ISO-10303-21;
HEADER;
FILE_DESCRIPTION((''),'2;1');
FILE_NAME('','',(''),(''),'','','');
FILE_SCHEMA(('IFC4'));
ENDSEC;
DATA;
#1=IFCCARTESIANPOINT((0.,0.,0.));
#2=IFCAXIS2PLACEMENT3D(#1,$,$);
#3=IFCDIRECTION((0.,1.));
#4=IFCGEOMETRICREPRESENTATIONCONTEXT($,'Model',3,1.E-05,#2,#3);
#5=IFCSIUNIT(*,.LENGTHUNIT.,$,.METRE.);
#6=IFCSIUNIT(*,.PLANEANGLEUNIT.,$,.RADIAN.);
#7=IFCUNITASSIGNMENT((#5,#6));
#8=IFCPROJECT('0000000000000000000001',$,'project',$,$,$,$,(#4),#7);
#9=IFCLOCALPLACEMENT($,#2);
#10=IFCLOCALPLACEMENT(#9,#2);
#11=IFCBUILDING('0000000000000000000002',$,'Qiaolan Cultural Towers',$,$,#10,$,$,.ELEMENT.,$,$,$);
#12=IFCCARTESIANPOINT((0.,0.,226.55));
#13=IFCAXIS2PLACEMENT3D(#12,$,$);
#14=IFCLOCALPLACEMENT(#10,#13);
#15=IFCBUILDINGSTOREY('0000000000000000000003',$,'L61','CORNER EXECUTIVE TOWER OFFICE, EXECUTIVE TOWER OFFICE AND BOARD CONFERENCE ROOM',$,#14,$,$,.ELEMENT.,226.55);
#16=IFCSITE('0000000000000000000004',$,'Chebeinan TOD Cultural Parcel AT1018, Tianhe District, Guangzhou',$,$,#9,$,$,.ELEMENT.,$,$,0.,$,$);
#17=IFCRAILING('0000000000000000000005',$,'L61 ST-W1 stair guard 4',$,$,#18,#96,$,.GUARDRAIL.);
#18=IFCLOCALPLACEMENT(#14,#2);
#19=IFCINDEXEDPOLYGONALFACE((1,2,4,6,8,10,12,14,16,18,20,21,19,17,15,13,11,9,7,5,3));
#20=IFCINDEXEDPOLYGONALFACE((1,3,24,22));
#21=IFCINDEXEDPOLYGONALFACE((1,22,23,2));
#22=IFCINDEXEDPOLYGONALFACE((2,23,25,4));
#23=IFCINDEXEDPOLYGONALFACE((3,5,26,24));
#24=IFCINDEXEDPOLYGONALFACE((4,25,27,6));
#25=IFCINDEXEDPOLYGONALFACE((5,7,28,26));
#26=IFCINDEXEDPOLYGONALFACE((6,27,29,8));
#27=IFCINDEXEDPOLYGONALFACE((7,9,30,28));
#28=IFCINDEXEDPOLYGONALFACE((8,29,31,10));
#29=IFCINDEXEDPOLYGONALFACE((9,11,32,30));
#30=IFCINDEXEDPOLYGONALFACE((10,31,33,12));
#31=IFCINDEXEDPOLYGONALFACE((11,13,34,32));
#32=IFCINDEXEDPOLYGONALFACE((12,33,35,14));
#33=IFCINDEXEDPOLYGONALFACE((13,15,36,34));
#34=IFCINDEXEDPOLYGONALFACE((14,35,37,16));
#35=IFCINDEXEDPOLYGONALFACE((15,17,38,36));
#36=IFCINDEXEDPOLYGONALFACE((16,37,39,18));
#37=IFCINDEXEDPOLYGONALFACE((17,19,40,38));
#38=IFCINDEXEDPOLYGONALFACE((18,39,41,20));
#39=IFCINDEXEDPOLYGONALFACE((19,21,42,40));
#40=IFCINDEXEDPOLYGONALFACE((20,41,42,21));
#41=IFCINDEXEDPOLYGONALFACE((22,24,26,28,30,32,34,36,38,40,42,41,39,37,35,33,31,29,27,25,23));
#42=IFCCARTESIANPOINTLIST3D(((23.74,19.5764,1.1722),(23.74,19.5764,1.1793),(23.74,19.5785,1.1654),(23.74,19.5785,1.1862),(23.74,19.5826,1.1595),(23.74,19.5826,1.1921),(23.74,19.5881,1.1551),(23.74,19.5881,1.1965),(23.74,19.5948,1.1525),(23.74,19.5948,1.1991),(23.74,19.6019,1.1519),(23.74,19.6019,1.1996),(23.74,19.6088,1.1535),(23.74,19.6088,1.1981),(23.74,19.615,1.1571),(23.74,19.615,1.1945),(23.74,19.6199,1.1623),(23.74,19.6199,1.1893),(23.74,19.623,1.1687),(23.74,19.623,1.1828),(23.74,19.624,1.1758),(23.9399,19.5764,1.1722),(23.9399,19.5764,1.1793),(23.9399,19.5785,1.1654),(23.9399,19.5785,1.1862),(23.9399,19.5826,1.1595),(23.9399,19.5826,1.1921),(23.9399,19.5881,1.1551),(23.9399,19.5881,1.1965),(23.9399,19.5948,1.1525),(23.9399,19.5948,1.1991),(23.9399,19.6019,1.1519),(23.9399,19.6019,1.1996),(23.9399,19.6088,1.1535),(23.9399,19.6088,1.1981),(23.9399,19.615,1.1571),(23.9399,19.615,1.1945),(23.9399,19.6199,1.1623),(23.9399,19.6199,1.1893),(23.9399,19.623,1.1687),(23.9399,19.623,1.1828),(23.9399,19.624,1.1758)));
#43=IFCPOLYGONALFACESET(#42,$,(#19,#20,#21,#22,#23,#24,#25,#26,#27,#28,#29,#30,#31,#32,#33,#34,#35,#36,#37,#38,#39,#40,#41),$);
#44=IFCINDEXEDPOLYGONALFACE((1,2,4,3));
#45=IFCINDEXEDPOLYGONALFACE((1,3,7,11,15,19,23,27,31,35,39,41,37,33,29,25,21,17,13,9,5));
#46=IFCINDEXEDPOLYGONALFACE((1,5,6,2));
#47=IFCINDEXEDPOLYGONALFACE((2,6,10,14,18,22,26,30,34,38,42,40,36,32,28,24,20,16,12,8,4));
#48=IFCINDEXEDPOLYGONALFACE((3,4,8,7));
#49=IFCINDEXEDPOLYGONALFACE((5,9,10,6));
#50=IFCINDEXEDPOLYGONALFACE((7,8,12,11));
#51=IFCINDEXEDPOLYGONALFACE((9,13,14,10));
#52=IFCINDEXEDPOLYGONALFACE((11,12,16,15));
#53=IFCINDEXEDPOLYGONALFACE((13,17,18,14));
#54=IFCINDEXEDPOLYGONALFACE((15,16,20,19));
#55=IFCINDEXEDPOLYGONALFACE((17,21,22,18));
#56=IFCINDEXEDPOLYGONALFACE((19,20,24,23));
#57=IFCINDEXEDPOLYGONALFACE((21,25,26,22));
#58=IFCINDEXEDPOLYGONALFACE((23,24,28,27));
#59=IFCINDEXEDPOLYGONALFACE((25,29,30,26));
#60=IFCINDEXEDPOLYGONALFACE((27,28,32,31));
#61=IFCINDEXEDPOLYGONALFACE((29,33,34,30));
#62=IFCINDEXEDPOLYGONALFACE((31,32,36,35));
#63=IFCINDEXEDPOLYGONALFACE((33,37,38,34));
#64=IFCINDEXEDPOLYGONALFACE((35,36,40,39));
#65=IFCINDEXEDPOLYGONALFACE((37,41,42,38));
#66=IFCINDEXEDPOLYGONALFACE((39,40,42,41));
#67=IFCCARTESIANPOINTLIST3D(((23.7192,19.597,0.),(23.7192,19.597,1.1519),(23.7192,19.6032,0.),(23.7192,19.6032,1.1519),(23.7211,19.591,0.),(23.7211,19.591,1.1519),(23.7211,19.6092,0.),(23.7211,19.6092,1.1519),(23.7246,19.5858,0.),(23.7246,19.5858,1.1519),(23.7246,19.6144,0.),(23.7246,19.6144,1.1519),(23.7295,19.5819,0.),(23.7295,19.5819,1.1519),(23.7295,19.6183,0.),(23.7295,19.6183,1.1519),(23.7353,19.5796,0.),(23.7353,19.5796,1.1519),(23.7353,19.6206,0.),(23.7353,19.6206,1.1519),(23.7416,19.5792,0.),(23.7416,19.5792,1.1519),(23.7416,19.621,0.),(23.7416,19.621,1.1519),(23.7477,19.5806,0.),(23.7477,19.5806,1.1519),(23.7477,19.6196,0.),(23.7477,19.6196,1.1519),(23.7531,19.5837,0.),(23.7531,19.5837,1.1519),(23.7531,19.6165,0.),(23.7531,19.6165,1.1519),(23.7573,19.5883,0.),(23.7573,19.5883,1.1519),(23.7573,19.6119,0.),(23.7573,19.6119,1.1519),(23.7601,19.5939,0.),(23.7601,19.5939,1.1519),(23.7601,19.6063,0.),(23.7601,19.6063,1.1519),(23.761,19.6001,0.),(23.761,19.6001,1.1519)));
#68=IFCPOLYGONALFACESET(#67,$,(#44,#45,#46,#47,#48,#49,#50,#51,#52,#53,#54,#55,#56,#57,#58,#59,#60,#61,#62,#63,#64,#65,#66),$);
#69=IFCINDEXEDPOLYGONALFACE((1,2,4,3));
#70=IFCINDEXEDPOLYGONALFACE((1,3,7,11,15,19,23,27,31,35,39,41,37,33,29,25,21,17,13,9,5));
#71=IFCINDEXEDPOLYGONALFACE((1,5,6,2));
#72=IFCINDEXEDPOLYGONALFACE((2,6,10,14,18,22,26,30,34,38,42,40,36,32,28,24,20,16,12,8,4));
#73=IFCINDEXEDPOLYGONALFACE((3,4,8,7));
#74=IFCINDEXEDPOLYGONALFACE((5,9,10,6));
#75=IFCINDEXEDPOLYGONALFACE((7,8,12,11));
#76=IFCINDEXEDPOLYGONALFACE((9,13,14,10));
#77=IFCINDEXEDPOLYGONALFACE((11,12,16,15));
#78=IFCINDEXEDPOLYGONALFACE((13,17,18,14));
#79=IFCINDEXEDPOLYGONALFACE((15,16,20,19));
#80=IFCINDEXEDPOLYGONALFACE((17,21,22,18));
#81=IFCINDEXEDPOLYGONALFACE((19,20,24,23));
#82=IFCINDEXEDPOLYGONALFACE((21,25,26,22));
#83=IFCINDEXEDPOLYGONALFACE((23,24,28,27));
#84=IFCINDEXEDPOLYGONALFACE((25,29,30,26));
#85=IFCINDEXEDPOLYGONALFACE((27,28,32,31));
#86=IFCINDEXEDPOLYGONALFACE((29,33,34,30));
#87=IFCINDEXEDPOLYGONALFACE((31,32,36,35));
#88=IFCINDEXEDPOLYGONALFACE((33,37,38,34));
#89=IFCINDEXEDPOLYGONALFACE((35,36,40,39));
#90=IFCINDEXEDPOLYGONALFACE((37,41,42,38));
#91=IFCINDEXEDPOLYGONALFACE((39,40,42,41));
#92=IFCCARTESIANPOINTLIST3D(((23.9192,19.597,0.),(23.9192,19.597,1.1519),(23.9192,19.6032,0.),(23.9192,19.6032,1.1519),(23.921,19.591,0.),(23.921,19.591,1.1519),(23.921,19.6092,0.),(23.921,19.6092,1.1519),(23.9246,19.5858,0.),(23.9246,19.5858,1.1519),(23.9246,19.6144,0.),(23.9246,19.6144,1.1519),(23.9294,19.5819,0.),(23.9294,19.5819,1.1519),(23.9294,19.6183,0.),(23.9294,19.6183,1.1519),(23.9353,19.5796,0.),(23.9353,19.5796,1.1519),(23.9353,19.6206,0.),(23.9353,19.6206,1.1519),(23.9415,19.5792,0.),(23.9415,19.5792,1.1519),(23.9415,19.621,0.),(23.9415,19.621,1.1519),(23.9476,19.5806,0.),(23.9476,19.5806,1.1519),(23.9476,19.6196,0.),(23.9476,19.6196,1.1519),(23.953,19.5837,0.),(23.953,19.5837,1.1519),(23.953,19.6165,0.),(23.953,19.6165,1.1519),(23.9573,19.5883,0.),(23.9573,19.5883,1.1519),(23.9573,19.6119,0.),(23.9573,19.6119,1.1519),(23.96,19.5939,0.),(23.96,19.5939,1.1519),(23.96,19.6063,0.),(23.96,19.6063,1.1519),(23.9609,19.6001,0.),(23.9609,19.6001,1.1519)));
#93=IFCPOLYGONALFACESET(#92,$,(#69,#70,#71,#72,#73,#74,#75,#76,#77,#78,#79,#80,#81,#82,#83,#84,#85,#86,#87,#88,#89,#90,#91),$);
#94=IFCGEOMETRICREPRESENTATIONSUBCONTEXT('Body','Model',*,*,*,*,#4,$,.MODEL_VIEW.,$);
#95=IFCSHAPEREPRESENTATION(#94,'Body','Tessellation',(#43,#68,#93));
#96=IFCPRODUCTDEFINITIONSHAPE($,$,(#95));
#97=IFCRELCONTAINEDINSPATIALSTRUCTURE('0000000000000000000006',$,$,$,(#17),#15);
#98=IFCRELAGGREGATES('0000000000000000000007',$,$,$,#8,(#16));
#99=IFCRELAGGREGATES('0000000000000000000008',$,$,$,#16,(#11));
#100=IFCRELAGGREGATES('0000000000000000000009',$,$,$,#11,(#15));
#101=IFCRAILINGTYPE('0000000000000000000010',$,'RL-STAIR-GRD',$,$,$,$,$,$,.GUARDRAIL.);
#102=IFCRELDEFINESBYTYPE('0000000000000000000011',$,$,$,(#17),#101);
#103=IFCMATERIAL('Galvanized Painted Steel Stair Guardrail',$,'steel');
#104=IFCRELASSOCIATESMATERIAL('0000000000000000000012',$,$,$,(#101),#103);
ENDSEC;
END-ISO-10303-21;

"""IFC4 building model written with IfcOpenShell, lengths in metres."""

from ifc_helpers import new_model, si_unit, direction, frame, origin, origin_2d, place, context, subcontext, project, spatial, circle, extrude, material, type_object, element, save


model = new_model("IFC4")

# Units and contexts
model_context = context("Model", 3, precision=1e-05, world=origin(), true_north=direction((0.0, 1.0)))
body_context = subcontext(model_context, "Body", "Model", "MODEL_VIEW")
ifc_project = project(units=[si_unit("LENGTHUNIT", "METRE"), si_unit("PLANEANGLEUNIT", "RADIAN")], contexts=[model_context])

# Site, building, storey
site_placement = place(None, origin())
site = spatial("IfcSite", under=ifc_project, at=site_placement, Name="Chebeinan TOD Cultural Parcel AT1018, Tianhe District, Guangzhou", CompositionType="ELEMENT", RefElevation=0.0)
building_placement = place(site_placement, origin())
building = spatial("IfcBuilding", under=site, at=building_placement, Name="Qiaolan Cultural Towers", CompositionType="ELEMENT")
storey_placement = place(building_placement, frame((0.0, 0.0, 226.55)))
storey = spatial("IfcBuildingStorey", under=building, at=storey_placement, Name="L61", Description="CORNER EXECUTIVE TOWER OFFICE, EXECUTIVE TOWER OFFICE AND BOARD CONFERENCE ROOM", CompositionType="ELEMENT", Elevation=226.55)

# Railing
ifc_material_1 = material(Name="Galvanized Painted Steel Stair Guardrail", Category="steel")
railing_type_1 = type_object("IfcRailingType", Name="RL-STAIR-GRD", PredefinedType="GUARDRAIL", material=ifc_material_1)
railing_1_placement = place(storey_placement, frame((23.74, 19.6001, 0.0)))
element("IfcRailing", 1, at=railing_1_placement, inside=storey, type_object=railing_type_1, Name="L61 ST-W1 stair guard 4", PredefinedType="GUARDRAIL", context=body_context, shape_type="SweptSolid", body=[
    extrude(circle(Radius=0.0239, at=origin_2d()), frame((0.0, 0.0, 1.1758), z_axis=(1.0, 0.0, 0.0), x_axis=(0.0, 1.0, 0.0)), (0.0, 0.0, 1.0), 0.2),
    extrude(circle(Radius=0.021, at=origin_2d()), origin(), (0.0, 0.0, 1.0), 1.1519),
    extrude(circle(Radius=0.021, at=origin_2d()), frame((0.2, 0.0, 0.0)), (0.0, 0.0, 1.0), 1.1519),
])

save(model, "model.ifc")
